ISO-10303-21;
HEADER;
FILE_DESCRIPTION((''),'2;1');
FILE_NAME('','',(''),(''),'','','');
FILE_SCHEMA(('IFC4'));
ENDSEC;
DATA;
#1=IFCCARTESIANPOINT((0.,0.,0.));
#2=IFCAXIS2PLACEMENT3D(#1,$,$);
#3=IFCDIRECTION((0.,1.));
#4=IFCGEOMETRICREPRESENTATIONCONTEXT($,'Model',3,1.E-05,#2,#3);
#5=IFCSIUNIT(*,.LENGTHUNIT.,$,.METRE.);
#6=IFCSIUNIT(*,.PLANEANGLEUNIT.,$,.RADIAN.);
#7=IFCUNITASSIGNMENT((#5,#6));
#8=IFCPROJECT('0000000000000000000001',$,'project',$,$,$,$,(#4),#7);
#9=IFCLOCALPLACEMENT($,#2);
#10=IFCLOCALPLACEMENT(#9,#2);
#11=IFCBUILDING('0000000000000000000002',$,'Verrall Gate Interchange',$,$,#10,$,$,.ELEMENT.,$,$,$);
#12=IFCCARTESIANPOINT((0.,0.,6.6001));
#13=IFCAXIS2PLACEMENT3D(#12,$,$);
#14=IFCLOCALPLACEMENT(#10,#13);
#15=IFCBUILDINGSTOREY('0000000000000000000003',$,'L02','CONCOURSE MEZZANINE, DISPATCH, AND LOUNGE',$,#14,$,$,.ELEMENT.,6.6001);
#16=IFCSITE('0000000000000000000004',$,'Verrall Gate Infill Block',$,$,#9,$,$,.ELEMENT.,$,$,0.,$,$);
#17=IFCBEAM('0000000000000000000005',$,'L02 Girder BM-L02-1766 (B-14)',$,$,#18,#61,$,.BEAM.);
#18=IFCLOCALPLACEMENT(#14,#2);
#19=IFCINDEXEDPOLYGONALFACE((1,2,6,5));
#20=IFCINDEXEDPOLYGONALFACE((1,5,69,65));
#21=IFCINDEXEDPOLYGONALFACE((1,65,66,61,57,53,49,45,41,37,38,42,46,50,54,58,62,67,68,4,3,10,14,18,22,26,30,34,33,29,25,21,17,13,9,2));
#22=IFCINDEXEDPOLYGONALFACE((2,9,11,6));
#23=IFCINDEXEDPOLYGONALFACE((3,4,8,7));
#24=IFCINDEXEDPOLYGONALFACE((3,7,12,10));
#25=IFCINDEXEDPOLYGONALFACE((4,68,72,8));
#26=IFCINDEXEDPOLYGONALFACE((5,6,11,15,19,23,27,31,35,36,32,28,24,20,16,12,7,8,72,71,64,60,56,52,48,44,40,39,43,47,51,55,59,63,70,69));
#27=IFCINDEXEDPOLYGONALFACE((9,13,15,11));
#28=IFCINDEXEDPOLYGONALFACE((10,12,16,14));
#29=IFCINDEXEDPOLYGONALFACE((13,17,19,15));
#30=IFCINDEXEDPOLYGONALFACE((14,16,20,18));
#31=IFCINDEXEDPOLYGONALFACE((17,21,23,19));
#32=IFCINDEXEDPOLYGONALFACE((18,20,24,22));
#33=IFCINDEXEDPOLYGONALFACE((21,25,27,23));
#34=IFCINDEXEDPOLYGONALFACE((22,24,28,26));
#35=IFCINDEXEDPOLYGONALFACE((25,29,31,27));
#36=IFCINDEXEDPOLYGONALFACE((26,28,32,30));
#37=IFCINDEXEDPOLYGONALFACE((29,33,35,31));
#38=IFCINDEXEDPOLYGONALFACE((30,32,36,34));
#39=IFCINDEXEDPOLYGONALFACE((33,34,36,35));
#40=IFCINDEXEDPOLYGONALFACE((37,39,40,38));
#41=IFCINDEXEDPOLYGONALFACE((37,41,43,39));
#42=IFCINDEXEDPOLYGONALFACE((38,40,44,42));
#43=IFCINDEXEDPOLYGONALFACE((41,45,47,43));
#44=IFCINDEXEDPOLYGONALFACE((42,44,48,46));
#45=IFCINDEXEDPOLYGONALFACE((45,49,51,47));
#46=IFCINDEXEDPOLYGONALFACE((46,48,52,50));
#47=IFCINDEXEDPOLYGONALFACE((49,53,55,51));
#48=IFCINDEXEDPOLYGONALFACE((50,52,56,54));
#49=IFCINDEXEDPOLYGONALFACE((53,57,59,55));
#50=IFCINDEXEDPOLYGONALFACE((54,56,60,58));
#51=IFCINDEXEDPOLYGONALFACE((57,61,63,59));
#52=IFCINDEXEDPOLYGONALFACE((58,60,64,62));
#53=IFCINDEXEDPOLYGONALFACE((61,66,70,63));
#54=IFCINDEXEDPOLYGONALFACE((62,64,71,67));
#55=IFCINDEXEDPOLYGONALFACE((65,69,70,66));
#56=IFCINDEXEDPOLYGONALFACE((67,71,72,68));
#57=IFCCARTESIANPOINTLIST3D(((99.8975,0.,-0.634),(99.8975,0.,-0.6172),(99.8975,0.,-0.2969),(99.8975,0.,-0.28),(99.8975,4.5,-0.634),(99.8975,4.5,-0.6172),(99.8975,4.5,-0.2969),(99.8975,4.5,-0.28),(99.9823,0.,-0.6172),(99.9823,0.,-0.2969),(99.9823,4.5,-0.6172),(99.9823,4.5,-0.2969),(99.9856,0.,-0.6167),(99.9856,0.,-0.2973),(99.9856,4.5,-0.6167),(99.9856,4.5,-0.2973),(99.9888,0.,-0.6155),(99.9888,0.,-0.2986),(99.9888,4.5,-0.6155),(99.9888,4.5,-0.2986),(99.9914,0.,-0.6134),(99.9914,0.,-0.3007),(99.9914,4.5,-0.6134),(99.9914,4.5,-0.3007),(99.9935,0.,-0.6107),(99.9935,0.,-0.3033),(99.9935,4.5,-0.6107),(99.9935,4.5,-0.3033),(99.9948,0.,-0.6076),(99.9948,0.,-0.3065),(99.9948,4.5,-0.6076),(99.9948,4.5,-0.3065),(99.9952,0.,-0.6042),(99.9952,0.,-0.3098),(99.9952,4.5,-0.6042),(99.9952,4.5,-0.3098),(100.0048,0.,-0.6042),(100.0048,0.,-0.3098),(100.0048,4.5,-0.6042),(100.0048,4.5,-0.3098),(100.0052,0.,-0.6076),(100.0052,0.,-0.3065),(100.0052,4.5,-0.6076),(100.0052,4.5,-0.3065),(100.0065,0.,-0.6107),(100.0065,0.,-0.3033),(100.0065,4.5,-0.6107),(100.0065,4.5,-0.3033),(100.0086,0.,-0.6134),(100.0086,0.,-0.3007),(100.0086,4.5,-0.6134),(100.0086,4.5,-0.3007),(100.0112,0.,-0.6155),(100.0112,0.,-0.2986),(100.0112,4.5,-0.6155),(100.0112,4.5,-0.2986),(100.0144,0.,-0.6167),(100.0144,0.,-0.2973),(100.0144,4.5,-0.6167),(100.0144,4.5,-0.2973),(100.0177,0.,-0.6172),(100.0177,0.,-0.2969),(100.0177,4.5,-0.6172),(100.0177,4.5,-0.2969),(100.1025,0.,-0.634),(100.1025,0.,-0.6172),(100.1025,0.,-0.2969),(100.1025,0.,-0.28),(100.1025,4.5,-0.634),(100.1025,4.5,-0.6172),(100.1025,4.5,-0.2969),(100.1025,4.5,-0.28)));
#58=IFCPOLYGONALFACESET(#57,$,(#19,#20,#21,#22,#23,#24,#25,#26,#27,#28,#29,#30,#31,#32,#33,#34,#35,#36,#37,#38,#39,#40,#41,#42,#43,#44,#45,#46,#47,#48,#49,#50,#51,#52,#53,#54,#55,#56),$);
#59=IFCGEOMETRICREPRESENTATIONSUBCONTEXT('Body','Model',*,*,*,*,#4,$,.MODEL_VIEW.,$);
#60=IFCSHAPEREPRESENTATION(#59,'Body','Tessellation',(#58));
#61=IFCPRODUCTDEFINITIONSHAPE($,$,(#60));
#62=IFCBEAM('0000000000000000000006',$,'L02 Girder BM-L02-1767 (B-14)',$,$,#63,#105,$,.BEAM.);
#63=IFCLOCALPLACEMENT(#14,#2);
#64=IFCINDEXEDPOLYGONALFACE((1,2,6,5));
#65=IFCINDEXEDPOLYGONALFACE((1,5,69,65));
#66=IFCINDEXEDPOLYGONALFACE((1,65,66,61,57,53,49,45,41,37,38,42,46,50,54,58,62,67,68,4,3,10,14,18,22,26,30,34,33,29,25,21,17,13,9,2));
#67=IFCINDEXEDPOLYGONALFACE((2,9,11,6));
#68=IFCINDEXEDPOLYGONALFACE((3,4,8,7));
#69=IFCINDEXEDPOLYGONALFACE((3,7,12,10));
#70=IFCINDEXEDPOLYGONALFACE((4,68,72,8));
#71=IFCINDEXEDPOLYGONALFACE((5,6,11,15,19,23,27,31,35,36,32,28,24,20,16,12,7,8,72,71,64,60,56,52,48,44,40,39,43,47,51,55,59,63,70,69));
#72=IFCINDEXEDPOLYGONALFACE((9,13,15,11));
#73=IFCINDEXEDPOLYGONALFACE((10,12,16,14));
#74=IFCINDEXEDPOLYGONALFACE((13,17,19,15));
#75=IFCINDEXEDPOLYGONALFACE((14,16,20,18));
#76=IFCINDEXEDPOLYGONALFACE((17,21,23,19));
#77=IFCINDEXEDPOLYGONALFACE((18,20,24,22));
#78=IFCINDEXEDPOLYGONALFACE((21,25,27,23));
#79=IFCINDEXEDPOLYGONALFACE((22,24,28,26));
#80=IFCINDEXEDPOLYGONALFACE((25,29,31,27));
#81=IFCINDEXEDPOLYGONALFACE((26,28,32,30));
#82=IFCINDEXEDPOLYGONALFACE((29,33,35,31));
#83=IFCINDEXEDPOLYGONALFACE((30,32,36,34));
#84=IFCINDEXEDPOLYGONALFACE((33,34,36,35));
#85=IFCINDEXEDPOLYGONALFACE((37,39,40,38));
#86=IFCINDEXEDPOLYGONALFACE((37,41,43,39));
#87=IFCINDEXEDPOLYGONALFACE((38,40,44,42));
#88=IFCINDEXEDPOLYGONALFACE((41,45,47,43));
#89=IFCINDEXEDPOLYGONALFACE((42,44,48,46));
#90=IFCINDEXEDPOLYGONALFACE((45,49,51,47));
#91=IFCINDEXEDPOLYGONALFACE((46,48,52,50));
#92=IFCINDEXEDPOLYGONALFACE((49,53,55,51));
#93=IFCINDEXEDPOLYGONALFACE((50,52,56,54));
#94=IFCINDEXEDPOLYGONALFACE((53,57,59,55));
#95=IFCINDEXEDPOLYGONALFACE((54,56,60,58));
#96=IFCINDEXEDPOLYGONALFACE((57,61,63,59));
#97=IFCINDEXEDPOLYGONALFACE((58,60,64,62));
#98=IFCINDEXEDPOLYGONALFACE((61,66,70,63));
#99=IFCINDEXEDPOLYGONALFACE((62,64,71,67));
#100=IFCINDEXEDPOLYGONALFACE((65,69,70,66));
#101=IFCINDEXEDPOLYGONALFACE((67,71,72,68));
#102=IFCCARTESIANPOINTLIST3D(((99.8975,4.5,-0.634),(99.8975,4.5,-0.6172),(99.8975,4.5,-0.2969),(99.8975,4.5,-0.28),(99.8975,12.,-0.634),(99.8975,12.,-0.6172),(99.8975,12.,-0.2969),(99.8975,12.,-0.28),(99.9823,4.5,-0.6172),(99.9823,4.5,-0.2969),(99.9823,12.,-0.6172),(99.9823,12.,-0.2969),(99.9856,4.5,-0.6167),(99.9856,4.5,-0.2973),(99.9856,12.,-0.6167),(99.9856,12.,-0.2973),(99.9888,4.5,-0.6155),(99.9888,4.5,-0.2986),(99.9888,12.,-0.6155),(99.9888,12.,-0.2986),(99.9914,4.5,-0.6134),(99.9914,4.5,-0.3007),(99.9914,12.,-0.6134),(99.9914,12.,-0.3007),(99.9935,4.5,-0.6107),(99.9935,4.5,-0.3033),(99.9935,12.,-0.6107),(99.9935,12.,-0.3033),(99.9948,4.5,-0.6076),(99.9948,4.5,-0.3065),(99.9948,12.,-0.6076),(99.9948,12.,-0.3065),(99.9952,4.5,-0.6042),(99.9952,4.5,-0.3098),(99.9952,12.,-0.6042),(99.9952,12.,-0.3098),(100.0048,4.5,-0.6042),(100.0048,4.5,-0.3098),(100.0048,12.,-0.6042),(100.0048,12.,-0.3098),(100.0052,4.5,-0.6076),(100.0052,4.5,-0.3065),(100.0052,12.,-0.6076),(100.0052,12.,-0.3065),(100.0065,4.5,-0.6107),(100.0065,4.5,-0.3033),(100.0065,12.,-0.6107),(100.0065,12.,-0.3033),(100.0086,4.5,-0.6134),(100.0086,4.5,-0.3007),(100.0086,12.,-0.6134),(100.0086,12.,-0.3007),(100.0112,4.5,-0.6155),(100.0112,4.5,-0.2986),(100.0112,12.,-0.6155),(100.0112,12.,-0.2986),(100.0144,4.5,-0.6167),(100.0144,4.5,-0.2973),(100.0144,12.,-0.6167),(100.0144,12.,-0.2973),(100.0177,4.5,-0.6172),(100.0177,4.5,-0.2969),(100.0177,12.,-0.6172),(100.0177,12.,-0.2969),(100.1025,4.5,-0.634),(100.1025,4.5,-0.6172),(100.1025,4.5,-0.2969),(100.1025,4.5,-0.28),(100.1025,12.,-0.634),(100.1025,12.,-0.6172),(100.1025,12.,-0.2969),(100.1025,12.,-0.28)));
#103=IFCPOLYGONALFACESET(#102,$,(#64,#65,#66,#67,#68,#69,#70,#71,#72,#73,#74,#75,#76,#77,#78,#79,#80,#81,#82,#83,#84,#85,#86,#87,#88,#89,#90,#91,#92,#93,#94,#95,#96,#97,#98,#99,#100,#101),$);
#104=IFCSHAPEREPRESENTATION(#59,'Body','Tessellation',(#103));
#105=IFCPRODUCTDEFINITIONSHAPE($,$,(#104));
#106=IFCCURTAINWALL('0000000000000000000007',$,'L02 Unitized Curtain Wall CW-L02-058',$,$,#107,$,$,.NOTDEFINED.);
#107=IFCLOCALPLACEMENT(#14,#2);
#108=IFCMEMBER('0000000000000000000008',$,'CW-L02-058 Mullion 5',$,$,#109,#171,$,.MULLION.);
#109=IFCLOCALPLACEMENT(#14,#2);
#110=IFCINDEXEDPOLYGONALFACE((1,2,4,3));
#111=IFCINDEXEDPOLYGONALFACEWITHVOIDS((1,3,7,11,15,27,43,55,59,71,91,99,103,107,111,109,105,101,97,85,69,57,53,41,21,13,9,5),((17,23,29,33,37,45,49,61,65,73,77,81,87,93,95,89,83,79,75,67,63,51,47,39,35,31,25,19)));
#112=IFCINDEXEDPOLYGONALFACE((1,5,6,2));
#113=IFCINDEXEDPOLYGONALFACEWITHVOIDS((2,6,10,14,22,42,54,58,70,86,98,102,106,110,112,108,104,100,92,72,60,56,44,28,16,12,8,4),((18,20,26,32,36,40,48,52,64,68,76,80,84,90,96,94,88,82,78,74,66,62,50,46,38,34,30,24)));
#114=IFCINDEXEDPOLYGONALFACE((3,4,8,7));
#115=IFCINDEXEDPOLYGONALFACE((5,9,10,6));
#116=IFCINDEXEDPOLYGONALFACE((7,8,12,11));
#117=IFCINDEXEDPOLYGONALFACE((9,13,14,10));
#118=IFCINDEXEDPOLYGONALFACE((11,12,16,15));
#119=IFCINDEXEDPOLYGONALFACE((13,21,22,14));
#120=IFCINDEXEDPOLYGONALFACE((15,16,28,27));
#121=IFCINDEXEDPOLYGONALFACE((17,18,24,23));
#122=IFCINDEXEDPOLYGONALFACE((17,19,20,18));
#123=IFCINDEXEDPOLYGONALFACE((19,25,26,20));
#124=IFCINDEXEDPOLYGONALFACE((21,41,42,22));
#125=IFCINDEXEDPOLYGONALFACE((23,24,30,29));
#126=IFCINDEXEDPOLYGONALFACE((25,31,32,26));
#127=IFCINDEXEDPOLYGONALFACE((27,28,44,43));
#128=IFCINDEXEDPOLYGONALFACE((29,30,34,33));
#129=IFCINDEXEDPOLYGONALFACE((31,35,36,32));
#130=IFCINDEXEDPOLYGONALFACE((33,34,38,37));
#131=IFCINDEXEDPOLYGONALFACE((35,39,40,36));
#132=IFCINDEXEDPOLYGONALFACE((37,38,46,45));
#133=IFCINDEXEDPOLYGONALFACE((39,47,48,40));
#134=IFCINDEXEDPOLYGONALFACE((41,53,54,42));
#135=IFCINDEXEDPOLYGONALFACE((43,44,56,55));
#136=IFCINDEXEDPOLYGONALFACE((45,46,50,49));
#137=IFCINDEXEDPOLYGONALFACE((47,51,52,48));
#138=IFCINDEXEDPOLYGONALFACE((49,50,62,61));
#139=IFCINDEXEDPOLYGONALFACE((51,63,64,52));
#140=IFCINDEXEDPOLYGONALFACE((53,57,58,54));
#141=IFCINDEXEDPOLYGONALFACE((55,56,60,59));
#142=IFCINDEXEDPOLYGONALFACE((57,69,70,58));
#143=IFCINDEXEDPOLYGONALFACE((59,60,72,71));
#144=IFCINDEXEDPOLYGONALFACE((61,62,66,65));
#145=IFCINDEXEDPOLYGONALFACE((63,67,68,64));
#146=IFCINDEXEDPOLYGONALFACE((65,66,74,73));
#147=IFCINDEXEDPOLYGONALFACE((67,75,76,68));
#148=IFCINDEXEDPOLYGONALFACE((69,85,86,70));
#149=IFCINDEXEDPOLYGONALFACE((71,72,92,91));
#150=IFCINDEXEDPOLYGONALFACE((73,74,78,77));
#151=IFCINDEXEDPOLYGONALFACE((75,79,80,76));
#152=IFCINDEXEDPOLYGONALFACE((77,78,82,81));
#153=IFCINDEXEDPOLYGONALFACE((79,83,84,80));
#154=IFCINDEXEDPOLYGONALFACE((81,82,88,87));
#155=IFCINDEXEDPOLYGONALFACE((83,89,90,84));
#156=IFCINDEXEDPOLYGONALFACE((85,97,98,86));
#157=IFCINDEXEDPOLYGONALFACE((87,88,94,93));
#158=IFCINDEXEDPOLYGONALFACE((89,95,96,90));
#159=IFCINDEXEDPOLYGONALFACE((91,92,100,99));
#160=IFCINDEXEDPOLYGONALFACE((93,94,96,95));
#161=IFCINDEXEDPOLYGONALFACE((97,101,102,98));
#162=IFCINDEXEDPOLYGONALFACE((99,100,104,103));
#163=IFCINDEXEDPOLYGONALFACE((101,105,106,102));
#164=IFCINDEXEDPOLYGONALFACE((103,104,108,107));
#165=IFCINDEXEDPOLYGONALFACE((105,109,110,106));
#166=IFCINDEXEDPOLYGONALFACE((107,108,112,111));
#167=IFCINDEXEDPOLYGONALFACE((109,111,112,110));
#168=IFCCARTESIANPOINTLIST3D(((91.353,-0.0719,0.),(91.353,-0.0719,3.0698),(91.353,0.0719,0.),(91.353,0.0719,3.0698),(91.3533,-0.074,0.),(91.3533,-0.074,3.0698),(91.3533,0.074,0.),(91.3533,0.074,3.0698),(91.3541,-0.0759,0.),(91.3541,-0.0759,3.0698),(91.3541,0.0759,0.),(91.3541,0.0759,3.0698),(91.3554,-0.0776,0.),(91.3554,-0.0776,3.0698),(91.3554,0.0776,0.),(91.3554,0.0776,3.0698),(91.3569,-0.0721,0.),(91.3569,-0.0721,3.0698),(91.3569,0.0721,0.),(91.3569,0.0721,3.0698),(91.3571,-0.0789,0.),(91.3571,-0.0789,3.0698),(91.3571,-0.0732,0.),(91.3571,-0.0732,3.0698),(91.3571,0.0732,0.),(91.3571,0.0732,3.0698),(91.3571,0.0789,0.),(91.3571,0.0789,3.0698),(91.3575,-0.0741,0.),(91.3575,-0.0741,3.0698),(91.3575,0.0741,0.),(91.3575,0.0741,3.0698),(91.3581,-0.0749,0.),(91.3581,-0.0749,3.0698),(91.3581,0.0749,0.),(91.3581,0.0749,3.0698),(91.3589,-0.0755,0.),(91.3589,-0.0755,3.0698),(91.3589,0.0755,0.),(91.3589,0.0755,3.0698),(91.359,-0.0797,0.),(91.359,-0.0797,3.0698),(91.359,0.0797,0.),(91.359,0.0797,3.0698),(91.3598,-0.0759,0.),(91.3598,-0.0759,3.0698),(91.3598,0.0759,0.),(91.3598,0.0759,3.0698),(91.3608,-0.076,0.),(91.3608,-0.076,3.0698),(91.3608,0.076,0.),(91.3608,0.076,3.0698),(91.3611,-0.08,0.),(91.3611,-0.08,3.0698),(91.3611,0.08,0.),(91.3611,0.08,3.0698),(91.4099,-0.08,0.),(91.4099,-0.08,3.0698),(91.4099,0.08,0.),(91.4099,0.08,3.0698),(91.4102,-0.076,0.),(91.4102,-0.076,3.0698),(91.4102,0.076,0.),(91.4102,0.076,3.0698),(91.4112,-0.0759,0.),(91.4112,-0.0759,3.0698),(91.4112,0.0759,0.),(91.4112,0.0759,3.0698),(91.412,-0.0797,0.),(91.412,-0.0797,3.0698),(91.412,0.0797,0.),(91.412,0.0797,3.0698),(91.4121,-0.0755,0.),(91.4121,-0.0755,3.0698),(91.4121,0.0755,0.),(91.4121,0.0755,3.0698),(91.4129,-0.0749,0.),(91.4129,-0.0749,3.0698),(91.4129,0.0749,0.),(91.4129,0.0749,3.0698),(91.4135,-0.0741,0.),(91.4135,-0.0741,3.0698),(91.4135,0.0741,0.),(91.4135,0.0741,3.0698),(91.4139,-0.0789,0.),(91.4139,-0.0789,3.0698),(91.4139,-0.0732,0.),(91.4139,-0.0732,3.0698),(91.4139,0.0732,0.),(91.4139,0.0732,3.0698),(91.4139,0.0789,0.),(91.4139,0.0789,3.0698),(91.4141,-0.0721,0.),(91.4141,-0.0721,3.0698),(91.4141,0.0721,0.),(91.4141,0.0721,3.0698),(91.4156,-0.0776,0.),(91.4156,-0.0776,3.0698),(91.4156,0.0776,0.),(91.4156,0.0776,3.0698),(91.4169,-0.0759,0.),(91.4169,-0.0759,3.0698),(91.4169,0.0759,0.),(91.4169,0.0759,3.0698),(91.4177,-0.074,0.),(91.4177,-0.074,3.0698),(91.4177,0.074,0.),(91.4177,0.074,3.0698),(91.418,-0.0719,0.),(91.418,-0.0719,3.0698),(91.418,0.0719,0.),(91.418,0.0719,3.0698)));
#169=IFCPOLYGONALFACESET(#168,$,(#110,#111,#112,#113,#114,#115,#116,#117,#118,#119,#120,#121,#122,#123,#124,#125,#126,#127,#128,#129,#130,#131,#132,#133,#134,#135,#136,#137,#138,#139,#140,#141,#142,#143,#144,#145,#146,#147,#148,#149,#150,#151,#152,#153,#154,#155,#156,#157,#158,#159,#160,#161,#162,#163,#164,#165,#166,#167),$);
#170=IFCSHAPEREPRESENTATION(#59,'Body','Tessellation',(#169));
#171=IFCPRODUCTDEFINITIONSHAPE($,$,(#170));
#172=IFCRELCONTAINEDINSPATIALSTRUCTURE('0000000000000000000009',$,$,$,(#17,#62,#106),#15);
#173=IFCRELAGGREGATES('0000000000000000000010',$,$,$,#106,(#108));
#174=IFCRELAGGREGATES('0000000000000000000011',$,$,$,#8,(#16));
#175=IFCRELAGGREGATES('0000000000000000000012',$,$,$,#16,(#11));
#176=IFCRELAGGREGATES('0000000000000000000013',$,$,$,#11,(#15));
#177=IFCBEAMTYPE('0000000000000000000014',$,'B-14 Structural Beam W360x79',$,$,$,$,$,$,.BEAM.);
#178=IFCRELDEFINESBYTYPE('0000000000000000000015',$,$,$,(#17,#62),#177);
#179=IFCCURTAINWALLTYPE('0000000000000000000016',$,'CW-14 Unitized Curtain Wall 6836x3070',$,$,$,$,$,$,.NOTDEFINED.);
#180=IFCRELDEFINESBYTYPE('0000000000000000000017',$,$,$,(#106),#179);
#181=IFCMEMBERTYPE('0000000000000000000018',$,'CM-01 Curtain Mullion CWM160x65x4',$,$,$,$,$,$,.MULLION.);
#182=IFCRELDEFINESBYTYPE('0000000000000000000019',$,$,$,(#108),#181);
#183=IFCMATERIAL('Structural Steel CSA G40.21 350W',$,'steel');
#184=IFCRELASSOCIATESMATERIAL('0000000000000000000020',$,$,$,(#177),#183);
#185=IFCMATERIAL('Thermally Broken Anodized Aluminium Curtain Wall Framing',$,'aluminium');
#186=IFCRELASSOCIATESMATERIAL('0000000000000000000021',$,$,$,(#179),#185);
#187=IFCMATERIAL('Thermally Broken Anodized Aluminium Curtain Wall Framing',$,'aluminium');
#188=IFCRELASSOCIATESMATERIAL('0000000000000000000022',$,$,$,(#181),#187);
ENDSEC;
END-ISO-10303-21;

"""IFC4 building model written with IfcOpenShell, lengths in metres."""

from ifc_helpers import new_model, si_unit, direction, frame, origin, origin_2d, place, context, subcontext, project, spatial, hollow_rectangle, i_section, extrude, material, material_profile, profile_set, type_object, element, aggregate, save


model = new_model("IFC4")

# Units and contexts
model_context = context("Model", 3, precision=1e-05, world=origin(), true_north=direction((0.0, 1.0)))
body_context = subcontext(model_context, "Body", "Model", "MODEL_VIEW")
ifc_project = project(units=[si_unit("LENGTHUNIT", "METRE"), si_unit("PLANEANGLEUNIT", "RADIAN")], contexts=[model_context])

# Site, building, storey
site_placement = place(None, origin())
site = spatial("IfcSite", under=ifc_project, at=site_placement, Name="Verrall Gate Infill Block", CompositionType="ELEMENT", RefElevation=0.0)
building_placement = place(site_placement, origin())
building = spatial("IfcBuilding", under=site, at=building_placement, Name="Verrall Gate Interchange", CompositionType="ELEMENT")
storey_placement = place(building_placement, frame((0.0, 0.0, 6.6001)))
storey = spatial("IfcBuildingStorey", under=building, at=storey_placement, Name="L02", Description="CONCOURSE MEZZANINE, DISPATCH, AND LOUNGE", CompositionType="ELEMENT", Elevation=6.6001)

# Beams
ifc_material_1 = material(Name="Structural Steel CSA G40.21 350W", Category="steel")
ifc_material_profile_1 = material_profile(ifc_material_1, i_section(OverallWidth=0.2051, OverallDepth=0.354, WebThickness=0.0095, FlangeThickness=0.0168, FilletRadius=0.0129, at=origin_2d()), Name="W360x79")
ifc_profile_set_1 = profile_set([ifc_material_profile_1], Name="Structural Steel CSA G40.21 350W")
beam_type_1 = type_object("IfcBeamType", Name="B-14 Structural Beam W360x79", PredefinedType="BEAM", material=ifc_profile_set_1)
beam_1_placement = place(storey_placement, frame((100.0, 0.0, -0.457), z_axis=(0.0, 1.0, 0.0), x_axis=(-1.0, 0.0, 0.0)))
element("IfcBeam", 1, at=beam_1_placement, inside=storey, type_object=beam_type_1, Name="L02 Girder BM-L02-1766 (B-14)", PredefinedType="BEAM", context=body_context, shape_type="SweptSolid", body=[
    extrude(i_section(OverallWidth=0.2051, OverallDepth=0.354, WebThickness=0.0095, FlangeThickness=0.0168, FilletRadius=0.0129, at=origin_2d()), origin(), (0.0, 0.0, 1.0), 4.5),
])
beam_2_placement = place(storey_placement, frame((100.0, 4.5, -0.457), z_axis=(0.0, 1.0, 0.0), x_axis=(-1.0, 0.0, 0.0)))
element("IfcBeam", 2, at=beam_2_placement, inside=storey, type_object=beam_type_1, Name="L02 Girder BM-L02-1767 (B-14)", PredefinedType="BEAM", context=body_context, shape_type="SweptSolid", body=[
    extrude(i_section(OverallWidth=0.2051, OverallDepth=0.354, WebThickness=0.0095, FlangeThickness=0.0168, FilletRadius=0.0129, at=origin_2d()), origin(), (0.0, 0.0, 1.0), 7.5),
])

# Curtain wall, member
ifc_material_2 = material(Name="Thermally Broken Anodized Aluminium Curtain Wall Framing", Category="aluminium")
curtain_wall_type = type_object("IfcCurtainWallType", Name="CW-14 Unitized Curtain Wall 6836x3070", PredefinedType="NOTDEFINED", material=ifc_material_2)
curtain_wall_1_placement = place(storey_placement, origin())
curtain_wall_1 = element("IfcCurtainWall", 3, at=curtain_wall_1_placement, inside=storey, type_object=curtain_wall_type, Name="L02 Unitized Curtain Wall CW-L02-058", PredefinedType="NOTDEFINED")
ifc_material_3 = material(Name="Thermally Broken Anodized Aluminium Curtain Wall Framing", Category="aluminium")
ifc_material_profile_2 = material_profile(ifc_material_3, hollow_rectangle(XDim=0.0649, YDim=0.1599, WallThickness=0.0039, InnerFilletRadius=0.0039, OuterFilletRadius=0.0081, at=origin_2d()), Name="CWM160x65x4")
ifc_profile_set_2 = profile_set([ifc_material_profile_2], Name="Thermally Broken Anodized Aluminium Curtain Wall Framing")
member_type_1 = type_object("IfcMemberType", Name="CM-01 Curtain Mullion CWM160x65x4", PredefinedType="MULLION", material=ifc_profile_set_2)
member_1_placement = place(storey_placement, frame((91.3855, 0.0, 0.0), z_axis=(0.0, 0.0, 1.0), x_axis=(1.0, 0.0, 0.0)))
member_1 = element("IfcMember", 4, at=member_1_placement, type_object=member_type_1, Name="CW-L02-058 Mullion 5", PredefinedType="MULLION", context=body_context, shape_type="SweptSolid", body=[
    extrude(hollow_rectangle(XDim=0.0649, YDim=0.1599, WallThickness=0.0039, InnerFilletRadius=0.0039, OuterFilletRadius=0.0081, at=origin_2d()), origin(), (0.0, 0.0, 1.0), 3.0698),
])
aggregate(curtain_wall_1, [member_1])

save(model, "model.ifc")
